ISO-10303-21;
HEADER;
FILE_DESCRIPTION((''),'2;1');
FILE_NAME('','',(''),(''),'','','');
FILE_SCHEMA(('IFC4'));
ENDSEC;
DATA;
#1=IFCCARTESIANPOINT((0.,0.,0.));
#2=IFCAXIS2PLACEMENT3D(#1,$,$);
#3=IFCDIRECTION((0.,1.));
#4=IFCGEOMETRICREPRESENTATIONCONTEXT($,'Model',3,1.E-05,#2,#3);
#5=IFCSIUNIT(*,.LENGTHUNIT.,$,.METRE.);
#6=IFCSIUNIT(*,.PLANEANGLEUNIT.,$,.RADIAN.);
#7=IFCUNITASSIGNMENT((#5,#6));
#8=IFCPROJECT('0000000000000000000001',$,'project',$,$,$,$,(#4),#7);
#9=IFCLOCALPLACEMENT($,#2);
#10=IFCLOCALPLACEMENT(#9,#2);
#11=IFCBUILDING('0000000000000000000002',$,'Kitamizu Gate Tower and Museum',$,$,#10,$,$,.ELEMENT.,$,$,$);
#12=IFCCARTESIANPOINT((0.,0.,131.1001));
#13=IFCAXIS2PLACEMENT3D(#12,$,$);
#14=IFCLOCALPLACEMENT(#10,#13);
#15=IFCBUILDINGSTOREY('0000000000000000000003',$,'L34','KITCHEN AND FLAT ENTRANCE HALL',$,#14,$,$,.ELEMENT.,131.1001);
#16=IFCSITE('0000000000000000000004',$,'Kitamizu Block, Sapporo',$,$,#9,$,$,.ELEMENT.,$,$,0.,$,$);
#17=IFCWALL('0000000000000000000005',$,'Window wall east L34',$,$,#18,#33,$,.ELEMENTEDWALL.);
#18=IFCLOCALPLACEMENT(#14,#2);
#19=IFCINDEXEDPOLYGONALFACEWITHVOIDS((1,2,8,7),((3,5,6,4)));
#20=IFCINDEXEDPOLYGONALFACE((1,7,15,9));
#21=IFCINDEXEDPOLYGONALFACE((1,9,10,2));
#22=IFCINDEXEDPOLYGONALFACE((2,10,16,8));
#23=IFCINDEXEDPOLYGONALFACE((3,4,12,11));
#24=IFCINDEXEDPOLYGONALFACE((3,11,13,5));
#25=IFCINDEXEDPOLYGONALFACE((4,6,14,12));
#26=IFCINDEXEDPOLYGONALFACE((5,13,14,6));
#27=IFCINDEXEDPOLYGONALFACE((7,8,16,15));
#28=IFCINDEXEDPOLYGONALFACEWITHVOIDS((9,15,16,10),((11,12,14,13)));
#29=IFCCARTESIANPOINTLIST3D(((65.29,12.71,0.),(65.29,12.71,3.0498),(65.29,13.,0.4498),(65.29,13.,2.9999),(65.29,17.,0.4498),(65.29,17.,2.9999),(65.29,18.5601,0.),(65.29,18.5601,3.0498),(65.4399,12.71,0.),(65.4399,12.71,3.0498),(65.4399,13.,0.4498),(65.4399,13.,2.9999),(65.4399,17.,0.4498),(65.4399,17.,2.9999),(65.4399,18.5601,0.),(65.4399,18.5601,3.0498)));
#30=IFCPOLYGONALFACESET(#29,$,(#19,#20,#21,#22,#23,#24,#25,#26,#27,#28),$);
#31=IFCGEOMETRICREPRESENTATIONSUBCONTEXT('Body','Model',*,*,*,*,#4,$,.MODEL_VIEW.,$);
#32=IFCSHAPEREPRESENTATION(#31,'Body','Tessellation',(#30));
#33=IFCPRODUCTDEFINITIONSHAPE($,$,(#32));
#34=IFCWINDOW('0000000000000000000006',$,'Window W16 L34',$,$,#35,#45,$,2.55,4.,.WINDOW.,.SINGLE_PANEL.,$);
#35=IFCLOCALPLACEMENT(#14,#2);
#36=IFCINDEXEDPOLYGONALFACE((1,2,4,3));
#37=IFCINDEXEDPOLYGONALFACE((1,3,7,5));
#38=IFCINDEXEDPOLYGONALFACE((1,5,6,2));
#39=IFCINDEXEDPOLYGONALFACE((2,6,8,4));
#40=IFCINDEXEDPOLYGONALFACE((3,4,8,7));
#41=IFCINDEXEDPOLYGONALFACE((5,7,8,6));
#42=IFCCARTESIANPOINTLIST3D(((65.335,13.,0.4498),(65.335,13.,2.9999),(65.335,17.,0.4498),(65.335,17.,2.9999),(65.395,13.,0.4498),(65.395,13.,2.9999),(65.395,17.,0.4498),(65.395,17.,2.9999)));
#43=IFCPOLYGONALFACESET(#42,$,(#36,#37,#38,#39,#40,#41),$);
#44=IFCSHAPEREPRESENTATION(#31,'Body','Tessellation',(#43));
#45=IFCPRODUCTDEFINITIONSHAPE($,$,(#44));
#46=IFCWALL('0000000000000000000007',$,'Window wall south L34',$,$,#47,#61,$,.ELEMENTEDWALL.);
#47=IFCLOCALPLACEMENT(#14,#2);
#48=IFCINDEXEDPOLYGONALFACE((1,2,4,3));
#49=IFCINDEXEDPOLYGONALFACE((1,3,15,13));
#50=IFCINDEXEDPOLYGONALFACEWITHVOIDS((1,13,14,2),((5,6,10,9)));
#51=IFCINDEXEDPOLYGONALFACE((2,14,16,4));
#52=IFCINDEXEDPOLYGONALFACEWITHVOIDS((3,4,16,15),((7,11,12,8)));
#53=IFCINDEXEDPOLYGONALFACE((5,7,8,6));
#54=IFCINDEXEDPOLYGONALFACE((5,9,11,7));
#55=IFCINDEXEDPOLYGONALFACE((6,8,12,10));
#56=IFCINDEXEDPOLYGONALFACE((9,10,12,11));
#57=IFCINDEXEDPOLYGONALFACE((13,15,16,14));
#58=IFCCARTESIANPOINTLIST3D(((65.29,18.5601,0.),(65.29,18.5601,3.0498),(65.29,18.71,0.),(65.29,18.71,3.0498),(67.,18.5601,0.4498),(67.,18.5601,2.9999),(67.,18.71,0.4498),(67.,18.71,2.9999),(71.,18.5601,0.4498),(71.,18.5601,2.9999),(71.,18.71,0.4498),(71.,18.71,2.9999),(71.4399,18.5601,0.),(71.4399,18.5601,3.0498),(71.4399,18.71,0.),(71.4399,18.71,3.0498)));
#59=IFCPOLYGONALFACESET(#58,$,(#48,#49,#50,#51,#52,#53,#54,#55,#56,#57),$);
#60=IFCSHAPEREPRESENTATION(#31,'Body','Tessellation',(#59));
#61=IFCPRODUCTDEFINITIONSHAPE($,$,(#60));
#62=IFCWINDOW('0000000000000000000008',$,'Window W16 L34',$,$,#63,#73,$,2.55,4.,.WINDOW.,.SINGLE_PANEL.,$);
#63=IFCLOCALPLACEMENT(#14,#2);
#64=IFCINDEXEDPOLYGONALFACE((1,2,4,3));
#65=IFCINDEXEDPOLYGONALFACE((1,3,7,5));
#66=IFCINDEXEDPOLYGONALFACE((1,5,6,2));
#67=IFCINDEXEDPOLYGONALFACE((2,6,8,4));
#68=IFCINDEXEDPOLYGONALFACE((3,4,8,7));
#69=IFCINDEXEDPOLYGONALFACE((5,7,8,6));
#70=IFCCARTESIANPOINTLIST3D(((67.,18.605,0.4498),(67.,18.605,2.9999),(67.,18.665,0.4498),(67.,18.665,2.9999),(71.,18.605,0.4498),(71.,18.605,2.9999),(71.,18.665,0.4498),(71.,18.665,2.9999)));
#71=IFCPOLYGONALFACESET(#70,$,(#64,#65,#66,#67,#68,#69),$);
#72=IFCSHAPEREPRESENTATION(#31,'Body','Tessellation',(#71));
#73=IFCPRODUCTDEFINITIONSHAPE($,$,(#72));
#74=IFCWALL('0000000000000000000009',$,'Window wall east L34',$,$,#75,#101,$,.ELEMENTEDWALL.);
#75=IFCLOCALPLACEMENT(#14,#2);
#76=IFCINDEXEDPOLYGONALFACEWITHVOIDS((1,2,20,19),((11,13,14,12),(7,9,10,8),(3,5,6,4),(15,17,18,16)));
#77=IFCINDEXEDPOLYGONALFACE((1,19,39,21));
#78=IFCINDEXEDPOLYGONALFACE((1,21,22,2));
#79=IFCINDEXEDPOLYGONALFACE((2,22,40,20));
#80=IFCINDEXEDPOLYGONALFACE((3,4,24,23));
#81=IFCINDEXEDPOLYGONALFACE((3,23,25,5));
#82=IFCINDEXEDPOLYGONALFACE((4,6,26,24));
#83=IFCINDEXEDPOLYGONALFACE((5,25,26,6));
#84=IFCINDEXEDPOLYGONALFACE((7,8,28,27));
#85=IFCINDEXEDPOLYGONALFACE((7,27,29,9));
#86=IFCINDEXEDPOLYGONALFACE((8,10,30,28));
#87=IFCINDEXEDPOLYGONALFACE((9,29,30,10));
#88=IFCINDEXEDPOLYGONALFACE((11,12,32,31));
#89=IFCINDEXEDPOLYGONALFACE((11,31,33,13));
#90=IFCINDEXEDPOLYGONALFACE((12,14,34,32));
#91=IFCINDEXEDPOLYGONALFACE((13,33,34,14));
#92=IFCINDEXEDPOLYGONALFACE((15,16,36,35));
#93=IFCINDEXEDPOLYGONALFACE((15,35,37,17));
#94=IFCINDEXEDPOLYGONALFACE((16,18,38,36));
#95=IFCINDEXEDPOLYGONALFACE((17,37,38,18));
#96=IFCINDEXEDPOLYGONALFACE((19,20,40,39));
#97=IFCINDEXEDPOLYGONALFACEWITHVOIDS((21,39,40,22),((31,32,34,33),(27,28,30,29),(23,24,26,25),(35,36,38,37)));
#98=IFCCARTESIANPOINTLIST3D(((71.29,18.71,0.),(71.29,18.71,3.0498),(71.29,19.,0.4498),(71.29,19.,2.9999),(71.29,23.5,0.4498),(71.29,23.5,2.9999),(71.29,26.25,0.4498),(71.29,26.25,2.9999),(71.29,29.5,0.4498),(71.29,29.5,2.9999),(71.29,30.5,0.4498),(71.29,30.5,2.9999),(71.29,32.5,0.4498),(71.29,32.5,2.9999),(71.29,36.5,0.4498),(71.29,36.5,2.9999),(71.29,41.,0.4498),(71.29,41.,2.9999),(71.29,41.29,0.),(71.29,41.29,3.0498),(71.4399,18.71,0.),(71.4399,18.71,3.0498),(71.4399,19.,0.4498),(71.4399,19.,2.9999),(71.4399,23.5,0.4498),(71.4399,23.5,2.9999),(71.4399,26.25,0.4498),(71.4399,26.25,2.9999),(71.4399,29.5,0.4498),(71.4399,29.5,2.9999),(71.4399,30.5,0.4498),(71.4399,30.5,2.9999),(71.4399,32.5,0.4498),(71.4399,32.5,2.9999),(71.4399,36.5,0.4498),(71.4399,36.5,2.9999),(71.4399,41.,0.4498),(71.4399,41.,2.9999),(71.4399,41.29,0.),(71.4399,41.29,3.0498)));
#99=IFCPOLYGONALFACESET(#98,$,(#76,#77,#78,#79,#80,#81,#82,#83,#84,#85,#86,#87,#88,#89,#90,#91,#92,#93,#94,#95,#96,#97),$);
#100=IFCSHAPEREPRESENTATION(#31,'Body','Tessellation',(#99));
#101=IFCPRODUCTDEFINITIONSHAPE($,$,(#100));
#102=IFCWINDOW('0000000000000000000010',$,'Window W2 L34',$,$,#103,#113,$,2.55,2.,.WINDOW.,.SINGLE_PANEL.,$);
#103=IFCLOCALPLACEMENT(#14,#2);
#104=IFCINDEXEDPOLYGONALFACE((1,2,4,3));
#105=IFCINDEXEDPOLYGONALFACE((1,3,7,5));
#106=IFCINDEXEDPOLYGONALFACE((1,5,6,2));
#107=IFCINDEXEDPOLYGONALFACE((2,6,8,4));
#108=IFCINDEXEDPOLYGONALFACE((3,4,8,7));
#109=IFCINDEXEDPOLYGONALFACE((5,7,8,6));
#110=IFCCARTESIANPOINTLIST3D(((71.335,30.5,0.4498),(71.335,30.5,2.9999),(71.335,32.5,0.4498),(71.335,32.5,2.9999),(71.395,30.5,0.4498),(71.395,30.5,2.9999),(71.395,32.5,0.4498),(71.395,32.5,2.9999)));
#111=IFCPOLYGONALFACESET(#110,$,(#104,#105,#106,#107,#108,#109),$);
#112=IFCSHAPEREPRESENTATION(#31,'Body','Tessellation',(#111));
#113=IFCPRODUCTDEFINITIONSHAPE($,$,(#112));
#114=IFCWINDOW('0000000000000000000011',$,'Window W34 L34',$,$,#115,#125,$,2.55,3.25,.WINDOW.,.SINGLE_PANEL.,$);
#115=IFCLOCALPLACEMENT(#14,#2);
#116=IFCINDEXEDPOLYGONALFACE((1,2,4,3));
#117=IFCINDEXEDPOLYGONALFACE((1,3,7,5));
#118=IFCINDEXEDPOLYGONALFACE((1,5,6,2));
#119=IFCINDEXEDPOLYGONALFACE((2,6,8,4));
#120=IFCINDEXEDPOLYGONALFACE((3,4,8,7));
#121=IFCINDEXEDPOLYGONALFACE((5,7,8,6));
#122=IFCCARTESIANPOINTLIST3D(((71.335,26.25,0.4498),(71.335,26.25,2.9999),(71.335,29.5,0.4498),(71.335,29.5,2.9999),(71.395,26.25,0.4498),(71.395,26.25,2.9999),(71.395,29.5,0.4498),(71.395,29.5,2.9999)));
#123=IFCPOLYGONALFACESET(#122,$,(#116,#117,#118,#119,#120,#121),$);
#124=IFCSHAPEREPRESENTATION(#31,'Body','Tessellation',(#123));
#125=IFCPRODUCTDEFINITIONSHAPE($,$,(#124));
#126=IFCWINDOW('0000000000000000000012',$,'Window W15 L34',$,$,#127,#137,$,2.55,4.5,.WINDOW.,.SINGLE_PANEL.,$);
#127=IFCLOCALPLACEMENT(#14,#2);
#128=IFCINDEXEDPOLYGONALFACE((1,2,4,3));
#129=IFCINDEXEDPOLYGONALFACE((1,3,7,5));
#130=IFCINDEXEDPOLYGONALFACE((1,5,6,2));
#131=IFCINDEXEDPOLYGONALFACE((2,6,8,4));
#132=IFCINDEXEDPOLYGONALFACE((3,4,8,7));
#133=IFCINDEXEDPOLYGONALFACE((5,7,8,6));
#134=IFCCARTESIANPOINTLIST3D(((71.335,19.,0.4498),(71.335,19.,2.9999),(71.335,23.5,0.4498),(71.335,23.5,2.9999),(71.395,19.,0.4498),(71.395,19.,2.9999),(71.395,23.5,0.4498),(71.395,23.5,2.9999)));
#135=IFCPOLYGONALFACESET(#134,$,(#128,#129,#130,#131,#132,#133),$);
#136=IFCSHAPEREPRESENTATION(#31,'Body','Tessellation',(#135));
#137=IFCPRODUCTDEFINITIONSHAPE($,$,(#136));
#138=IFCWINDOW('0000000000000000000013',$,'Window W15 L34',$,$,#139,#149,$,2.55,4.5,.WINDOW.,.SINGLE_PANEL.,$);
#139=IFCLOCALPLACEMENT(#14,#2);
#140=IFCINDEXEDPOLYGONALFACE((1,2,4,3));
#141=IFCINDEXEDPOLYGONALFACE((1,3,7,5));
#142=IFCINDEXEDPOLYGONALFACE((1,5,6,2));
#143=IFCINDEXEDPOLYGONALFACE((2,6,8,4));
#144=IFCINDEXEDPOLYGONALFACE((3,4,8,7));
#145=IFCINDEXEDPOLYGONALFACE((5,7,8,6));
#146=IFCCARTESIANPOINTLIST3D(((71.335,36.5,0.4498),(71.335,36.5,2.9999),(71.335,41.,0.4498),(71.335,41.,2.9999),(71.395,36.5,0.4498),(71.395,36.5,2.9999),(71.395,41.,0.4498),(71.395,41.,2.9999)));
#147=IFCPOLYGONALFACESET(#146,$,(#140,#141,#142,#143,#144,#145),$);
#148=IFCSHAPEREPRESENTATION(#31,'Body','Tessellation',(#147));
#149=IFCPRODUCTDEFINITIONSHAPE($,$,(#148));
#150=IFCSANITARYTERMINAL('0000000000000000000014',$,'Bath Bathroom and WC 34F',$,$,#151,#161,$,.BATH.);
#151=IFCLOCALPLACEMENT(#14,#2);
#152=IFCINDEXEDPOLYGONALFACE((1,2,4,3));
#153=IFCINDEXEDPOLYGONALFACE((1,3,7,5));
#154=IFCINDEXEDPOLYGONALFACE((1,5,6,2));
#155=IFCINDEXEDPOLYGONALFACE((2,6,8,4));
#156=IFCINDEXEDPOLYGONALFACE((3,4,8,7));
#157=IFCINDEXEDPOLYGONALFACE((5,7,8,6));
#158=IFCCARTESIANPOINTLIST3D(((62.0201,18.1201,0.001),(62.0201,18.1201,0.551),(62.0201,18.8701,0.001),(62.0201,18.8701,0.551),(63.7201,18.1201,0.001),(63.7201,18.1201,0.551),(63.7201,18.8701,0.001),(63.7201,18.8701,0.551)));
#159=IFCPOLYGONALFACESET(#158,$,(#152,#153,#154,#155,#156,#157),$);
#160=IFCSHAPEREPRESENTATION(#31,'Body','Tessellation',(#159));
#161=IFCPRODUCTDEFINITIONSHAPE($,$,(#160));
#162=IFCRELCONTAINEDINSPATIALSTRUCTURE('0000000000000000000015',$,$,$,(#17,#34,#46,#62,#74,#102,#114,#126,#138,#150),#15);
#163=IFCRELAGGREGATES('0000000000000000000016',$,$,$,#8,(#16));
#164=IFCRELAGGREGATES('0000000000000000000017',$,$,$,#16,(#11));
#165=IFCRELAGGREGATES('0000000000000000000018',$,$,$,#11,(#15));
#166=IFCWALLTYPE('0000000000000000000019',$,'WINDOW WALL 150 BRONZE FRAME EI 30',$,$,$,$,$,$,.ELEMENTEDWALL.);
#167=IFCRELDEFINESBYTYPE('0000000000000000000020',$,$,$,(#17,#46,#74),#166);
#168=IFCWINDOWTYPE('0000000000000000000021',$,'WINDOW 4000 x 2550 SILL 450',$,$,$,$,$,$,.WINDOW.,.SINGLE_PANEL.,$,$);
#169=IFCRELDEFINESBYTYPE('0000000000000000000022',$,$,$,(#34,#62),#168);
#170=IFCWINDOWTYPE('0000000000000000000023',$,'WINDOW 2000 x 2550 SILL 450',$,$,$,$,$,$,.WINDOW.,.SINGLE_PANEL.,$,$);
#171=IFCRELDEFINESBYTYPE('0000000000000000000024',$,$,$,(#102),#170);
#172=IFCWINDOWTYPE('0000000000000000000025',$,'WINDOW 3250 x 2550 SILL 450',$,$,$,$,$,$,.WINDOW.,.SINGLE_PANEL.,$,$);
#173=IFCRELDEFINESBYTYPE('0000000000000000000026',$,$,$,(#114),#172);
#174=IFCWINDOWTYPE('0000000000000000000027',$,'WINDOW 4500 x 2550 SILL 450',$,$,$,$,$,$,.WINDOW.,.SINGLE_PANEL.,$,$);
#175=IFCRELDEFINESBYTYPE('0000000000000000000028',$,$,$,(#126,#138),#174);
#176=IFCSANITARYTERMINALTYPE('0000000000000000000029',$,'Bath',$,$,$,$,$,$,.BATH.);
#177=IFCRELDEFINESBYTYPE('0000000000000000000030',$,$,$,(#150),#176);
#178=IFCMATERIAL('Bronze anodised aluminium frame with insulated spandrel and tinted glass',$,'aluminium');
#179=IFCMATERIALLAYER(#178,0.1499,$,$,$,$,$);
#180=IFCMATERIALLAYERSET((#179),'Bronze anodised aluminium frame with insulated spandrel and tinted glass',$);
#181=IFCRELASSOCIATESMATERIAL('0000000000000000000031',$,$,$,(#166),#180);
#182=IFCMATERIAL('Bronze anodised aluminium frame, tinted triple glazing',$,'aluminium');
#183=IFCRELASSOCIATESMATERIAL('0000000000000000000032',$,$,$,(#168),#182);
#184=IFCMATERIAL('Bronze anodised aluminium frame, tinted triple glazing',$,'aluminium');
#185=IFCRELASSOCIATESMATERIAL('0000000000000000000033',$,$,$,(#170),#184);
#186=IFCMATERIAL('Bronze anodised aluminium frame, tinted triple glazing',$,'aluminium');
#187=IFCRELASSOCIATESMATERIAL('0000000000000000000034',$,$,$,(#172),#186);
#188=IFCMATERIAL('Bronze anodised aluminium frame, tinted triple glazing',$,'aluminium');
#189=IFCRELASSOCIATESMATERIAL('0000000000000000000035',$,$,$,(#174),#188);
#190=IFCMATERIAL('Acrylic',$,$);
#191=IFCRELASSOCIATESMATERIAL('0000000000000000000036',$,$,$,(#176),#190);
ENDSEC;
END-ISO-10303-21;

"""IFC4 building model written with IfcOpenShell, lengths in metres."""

from ifc_helpers import new_model, si_unit, direction, frame, frame_2d, origin, origin_2d, place, context, subcontext, project, spatial, rectangle, extrude, material, layer, layer_set, type_object, element, fill, save


model = new_model("IFC4")

# Units and contexts
model_context = context("Model", 3, precision=1e-05, world=origin(), true_north=direction((0.0, 1.0)))
body_context = subcontext(model_context, "Body", "Model", "MODEL_VIEW")
ifc_project = project(units=[si_unit("LENGTHUNIT", "METRE"), si_unit("PLANEANGLEUNIT", "RADIAN")], contexts=[model_context])

# Site, building, storey
site_placement = place(None, origin())
site = spatial("IfcSite", under=ifc_project, at=site_placement, Name="Kitamizu Block, Sapporo", CompositionType="ELEMENT", RefElevation=0.0)
building_placement = place(site_placement, origin())
building = spatial("IfcBuilding", under=site, at=building_placement, Name="Kitamizu Gate Tower and Museum", CompositionType="ELEMENT")
storey_placement = place(building_placement, frame((0.0, 0.0, 131.1001)))
storey = spatial("IfcBuildingStorey", under=building, at=storey_placement, Name="L34", Description="KITCHEN AND FLAT ENTRANCE HALL", CompositionType="ELEMENT", Elevation=131.1001)

# Walls, openings, windows
ifc_material_1 = material(Name="Bronze anodised aluminium frame with insulated spandrel and tinted glass", Category="aluminium")
ifc_layer_1 = layer(ifc_material_1, 0.1499)
ifc_layer_set_1 = layer_set([ifc_layer_1], Name="Bronze anodised aluminium frame with insulated spandrel and tinted glass")
wall_type_1 = type_object("IfcWallType", Name="WINDOW WALL 150 BRONZE FRAME EI 30", PredefinedType="ELEMENTEDWALL", material=ifc_layer_set_1)
wall_1_placement = place(storey_placement, frame((65.365, 12.71, 0.0), z_axis=(0.0, 0.0, 1.0), x_axis=(0.0, 1.0, 0.0)))
wall_1 = element("IfcWall", 1, at=wall_1_placement, inside=storey, type_object=wall_type_1, Name="Window wall east L34", PredefinedType="ELEMENTEDWALL", context=body_context, shape_type="SweptSolid", body=[
    extrude(rectangle(XDim=5.8501, YDim=0.1499, at=frame_2d((2.925, 0.0))), origin(), (0.0, 0.0, 1.0), 3.0498),
])
opening_1_placement = place(wall_1_placement, frame((0.29, 0.0, 0.45)))
opening_1 = element("IfcOpeningElement", 2, at=opening_1_placement, cuts=wall_1, PredefinedType="OPENING", context=body_context, shape_type="SweptSolid", body=[
    extrude(rectangle(XDim=4.0, YDim=2.55, at=frame_2d((2.0, 1.2749))), frame((0.0, 0.085, 0.0), z_axis=(0.0, -1.0, 0.0), x_axis=(1.0, 0.0, 0.0)), (0.0, 0.0, 1.0), 0.1699),
])
ifc_material_2 = material(Name="Bronze anodised aluminium frame, tinted triple glazing", Category="aluminium")
window_type_1 = type_object("IfcWindowType", Name="WINDOW 4000 x 2550 SILL 450", PartitioningType="SINGLE_PANEL", PredefinedType="WINDOW", material=ifc_material_2)
window_1_placement = place(opening_1_placement, origin())
window_1 = element("IfcWindow", 3, at=window_1_placement, inside=storey, type_object=window_type_1, Name="Window W16 L34", OverallHeight=2.55, OverallWidth=4.0, PartitioningType="SINGLE_PANEL", PredefinedType="WINDOW", context=body_context, shape_type="SweptSolid", body=[
    extrude(rectangle(XDim=4.0, YDim=2.55, at=frame_2d((2.0, 1.2749))), frame((0.0, 0.03, 0.0), z_axis=(0.0, -1.0, 0.0), x_axis=(1.0, 0.0, 0.0)), (0.0, 0.0, 1.0), 0.0601),
])
fill(opening_1, window_1)
wall_2_placement = place(storey_placement, frame((65.29, 18.635, 0.0), z_axis=(0.0, 0.0, 1.0), x_axis=(1.0, 0.0, 0.0)))
wall_2 = element("IfcWall", 4, at=wall_2_placement, inside=storey, type_object=wall_type_1, Name="Window wall south L34", PredefinedType="ELEMENTEDWALL", context=body_context, shape_type="SweptSolid", body=[
    extrude(rectangle(XDim=6.1499, YDim=0.1499, at=frame_2d((3.075, 0.0))), origin(), (0.0, 0.0, 1.0), 3.0498),
])
opening_2_placement = place(wall_2_placement, frame((1.71, 0.0, 0.45)))
opening_2 = element("IfcOpeningElement", 5, at=opening_2_placement, cuts=wall_2, PredefinedType="OPENING", context=body_context, shape_type="SweptSolid", body=[
    extrude(rectangle(XDim=4.0, YDim=2.55, at=frame_2d((2.0, 1.2749))), frame((0.0, 0.085, 0.0), z_axis=(0.0, -1.0, 0.0), x_axis=(1.0, 0.0, 0.0)), (0.0, 0.0, 1.0), 0.1699),
])
window_2_placement = place(opening_2_placement, origin())
window_2 = element("IfcWindow", 6, at=window_2_placement, inside=storey, type_object=window_type_1, Name="Window W16 L34", OverallHeight=2.55, OverallWidth=4.0, PartitioningType="SINGLE_PANEL", PredefinedType="WINDOW", context=body_context, shape_type="SweptSolid", body=[
    extrude(rectangle(XDim=4.0, YDim=2.55, at=frame_2d((2.0, 1.2749))), frame((0.0, 0.03, 0.0), z_axis=(0.0, -1.0, 0.0), x_axis=(1.0, 0.0, 0.0)), (0.0, 0.0, 1.0), 0.0601),
])
fill(opening_2, window_2)

# Wall, openings, windows
wall_3_placement = place(storey_placement, frame((71.365, 18.71, 0.0), z_axis=(0.0, 0.0, 1.0), x_axis=(0.0, 1.0, 0.0)))
wall_3 = element("IfcWall", 7, at=wall_3_placement, inside=storey, type_object=wall_type_1, Name="Window wall east L34", PredefinedType="ELEMENTEDWALL", context=body_context, shape_type="SweptSolid", body=[
    extrude(rectangle(XDim=22.5801, YDim=0.1499, at=frame_2d((11.29, 0.0))), origin(), (0.0, 0.0, 1.0), 3.0498),
])
opening_3_placement = place(wall_3_placement, frame((0.29, 0.0, 0.45)))
opening_3 = element("IfcOpeningElement", 8, at=opening_3_placement, cuts=wall_3, PredefinedType="OPENING", context=body_context, shape_type="SweptSolid", body=[
    extrude(rectangle(XDim=4.5, YDim=2.55, at=frame_2d((2.25, 1.2749))), frame((0.0, 0.085, 0.0), z_axis=(0.0, -1.0, 0.0), x_axis=(1.0, 0.0, 0.0)), (0.0, 0.0, 1.0), 0.1699),
])
opening_4_placement = place(wall_3_placement, frame((7.54, 0.0, 0.45)))
opening_4 = element("IfcOpeningElement", 9, at=opening_4_placement, cuts=wall_3, PredefinedType="OPENING", context=body_context, shape_type="SweptSolid", body=[
    extrude(rectangle(XDim=3.25, YDim=2.55, at=frame_2d((1.625, 1.2749))), frame((0.0, 0.085, 0.0), z_axis=(0.0, -1.0, 0.0), x_axis=(1.0, 0.0, 0.0)), (0.0, 0.0, 1.0), 0.1699),
])
opening_5_placement = place(wall_3_placement, frame((11.79, 0.0, 0.45)))
opening_5 = element("IfcOpeningElement", 10, at=opening_5_placement, cuts=wall_3, PredefinedType="OPENING", context=body_context, shape_type="SweptSolid", body=[
    extrude(rectangle(XDim=2.0, YDim=2.55, at=frame_2d((1.0, 1.2749))), frame((0.0, 0.085, 0.0), z_axis=(0.0, -1.0, 0.0), x_axis=(1.0, 0.0, 0.0)), (0.0, 0.0, 1.0), 0.1699),
])
opening_6_placement = place(wall_3_placement, frame((17.79, 0.0, 0.45)))
opening_6 = element("IfcOpeningElement", 11, at=opening_6_placement, cuts=wall_3, PredefinedType="OPENING", context=body_context, shape_type="SweptSolid", body=[
    extrude(rectangle(XDim=4.5, YDim=2.55, at=frame_2d((2.25, 1.2749))), frame((0.0, 0.085, 0.0), z_axis=(0.0, -1.0, 0.0), x_axis=(1.0, 0.0, 0.0)), (0.0, 0.0, 1.0), 0.1699),
])
ifc_material_3 = material(Name="Bronze anodised aluminium frame, tinted triple glazing", Category="aluminium")
window_type_2 = type_object("IfcWindowType", Name="WINDOW 2000 x 2550 SILL 450", PartitioningType="SINGLE_PANEL", PredefinedType="WINDOW", material=ifc_material_3)
window_3_placement = place(opening_5_placement, origin())
window_3 = element("IfcWindow", 12, at=window_3_placement, inside=storey, type_object=window_type_2, Name="Window W2 L34", OverallHeight=2.55, OverallWidth=2.0, PartitioningType="SINGLE_PANEL", PredefinedType="WINDOW", context=body_context, shape_type="SweptSolid", body=[
    extrude(rectangle(XDim=2.0, YDim=2.55, at=frame_2d((1.0, 1.2749))), frame((0.0, 0.03, 0.0), z_axis=(0.0, -1.0, 0.0), x_axis=(1.0, 0.0, 0.0)), (0.0, 0.0, 1.0), 0.0601),
])
fill(opening_5, window_3)
ifc_material_4 = material(Name="Bronze anodised aluminium frame, tinted triple glazing", Category="aluminium")
window_type_3 = type_object("IfcWindowType", Name="WINDOW 3250 x 2550 SILL 450", PartitioningType="SINGLE_PANEL", PredefinedType="WINDOW", material=ifc_material_4)
window_4_placement = place(opening_4_placement, origin())
window_4 = element("IfcWindow", 13, at=window_4_placement, inside=storey, type_object=window_type_3, Name="Window W34 L34", OverallHeight=2.55, OverallWidth=3.25, PartitioningType="SINGLE_PANEL", PredefinedType="WINDOW", context=body_context, shape_type="SweptSolid", body=[
    extrude(rectangle(XDim=3.25, YDim=2.55, at=frame_2d((1.625, 1.2749))), frame((0.0, 0.03, 0.0), z_axis=(0.0, -1.0, 0.0), x_axis=(1.0, 0.0, 0.0)), (0.0, 0.0, 1.0), 0.0601),
])
fill(opening_4, window_4)
ifc_material_5 = material(Name="Bronze anodised aluminium frame, tinted triple glazing", Category="aluminium")
window_type_4 = type_object("IfcWindowType", Name="WINDOW 4500 x 2550 SILL 450", PartitioningType="SINGLE_PANEL", PredefinedType="WINDOW", material=ifc_material_5)
window_5_placement = place(opening_3_placement, origin())
window_5 = element("IfcWindow", 14, at=window_5_placement, inside=storey, type_object=window_type_4, Name="Window W15 L34", OverallHeight=2.55, OverallWidth=4.5, PartitioningType="SINGLE_PANEL", PredefinedType="WINDOW", context=body_context, shape_type="SweptSolid", body=[
    extrude(rectangle(XDim=4.5, YDim=2.55, at=frame_2d((2.25, 1.2749))), frame((0.0, 0.03, 0.0), z_axis=(0.0, -1.0, 0.0), x_axis=(1.0, 0.0, 0.0)), (0.0, 0.0, 1.0), 0.0601),
])
fill(opening_3, window_5)
window_6_placement = place(opening_6_placement, origin())
window_6 = element("IfcWindow", 15, at=window_6_placement, inside=storey, type_object=window_type_4, Name="Window W15 L34", OverallHeight=2.55, OverallWidth=4.5, PartitioningType="SINGLE_PANEL", PredefinedType="WINDOW", context=body_context, shape_type="SweptSolid", body=[
    extrude(rectangle(XDim=4.5, YDim=2.55, at=frame_2d((2.25, 1.2749))), frame((0.0, 0.03, 0.0), z_axis=(0.0, -1.0, 0.0), x_axis=(1.0, 0.0, 0.0)), (0.0, 0.0, 1.0), 0.0601),
])
fill(opening_6, window_6)

# Sanitary terminal
ifc_material_6 = material(Name="Acrylic")
sanitary_terminal_type_1 = type_object("IfcSanitaryTerminalType", Name="Bath", PredefinedType="BATH", material=ifc_material_6)
sanitary_terminal_1_placement = place(storey_placement, frame((62.8701, 18.4951, 0.001), z_axis=(0.0, 0.0, 1.0), x_axis=(1.0, 0.0, 0.0)))
element("IfcSanitaryTerminal", 16, at=sanitary_terminal_1_placement, inside=storey, type_object=sanitary_terminal_type_1, Name="Bath Bathroom and WC 34F", PredefinedType="BATH", context=body_context, shape_type="SweptSolid", body=[
    extrude(rectangle(XDim=1.7, YDim=0.75, at=origin_2d()), origin(), (0.0, 0.0, 1.0), 0.55),
])

save(model, "model.ifc")
